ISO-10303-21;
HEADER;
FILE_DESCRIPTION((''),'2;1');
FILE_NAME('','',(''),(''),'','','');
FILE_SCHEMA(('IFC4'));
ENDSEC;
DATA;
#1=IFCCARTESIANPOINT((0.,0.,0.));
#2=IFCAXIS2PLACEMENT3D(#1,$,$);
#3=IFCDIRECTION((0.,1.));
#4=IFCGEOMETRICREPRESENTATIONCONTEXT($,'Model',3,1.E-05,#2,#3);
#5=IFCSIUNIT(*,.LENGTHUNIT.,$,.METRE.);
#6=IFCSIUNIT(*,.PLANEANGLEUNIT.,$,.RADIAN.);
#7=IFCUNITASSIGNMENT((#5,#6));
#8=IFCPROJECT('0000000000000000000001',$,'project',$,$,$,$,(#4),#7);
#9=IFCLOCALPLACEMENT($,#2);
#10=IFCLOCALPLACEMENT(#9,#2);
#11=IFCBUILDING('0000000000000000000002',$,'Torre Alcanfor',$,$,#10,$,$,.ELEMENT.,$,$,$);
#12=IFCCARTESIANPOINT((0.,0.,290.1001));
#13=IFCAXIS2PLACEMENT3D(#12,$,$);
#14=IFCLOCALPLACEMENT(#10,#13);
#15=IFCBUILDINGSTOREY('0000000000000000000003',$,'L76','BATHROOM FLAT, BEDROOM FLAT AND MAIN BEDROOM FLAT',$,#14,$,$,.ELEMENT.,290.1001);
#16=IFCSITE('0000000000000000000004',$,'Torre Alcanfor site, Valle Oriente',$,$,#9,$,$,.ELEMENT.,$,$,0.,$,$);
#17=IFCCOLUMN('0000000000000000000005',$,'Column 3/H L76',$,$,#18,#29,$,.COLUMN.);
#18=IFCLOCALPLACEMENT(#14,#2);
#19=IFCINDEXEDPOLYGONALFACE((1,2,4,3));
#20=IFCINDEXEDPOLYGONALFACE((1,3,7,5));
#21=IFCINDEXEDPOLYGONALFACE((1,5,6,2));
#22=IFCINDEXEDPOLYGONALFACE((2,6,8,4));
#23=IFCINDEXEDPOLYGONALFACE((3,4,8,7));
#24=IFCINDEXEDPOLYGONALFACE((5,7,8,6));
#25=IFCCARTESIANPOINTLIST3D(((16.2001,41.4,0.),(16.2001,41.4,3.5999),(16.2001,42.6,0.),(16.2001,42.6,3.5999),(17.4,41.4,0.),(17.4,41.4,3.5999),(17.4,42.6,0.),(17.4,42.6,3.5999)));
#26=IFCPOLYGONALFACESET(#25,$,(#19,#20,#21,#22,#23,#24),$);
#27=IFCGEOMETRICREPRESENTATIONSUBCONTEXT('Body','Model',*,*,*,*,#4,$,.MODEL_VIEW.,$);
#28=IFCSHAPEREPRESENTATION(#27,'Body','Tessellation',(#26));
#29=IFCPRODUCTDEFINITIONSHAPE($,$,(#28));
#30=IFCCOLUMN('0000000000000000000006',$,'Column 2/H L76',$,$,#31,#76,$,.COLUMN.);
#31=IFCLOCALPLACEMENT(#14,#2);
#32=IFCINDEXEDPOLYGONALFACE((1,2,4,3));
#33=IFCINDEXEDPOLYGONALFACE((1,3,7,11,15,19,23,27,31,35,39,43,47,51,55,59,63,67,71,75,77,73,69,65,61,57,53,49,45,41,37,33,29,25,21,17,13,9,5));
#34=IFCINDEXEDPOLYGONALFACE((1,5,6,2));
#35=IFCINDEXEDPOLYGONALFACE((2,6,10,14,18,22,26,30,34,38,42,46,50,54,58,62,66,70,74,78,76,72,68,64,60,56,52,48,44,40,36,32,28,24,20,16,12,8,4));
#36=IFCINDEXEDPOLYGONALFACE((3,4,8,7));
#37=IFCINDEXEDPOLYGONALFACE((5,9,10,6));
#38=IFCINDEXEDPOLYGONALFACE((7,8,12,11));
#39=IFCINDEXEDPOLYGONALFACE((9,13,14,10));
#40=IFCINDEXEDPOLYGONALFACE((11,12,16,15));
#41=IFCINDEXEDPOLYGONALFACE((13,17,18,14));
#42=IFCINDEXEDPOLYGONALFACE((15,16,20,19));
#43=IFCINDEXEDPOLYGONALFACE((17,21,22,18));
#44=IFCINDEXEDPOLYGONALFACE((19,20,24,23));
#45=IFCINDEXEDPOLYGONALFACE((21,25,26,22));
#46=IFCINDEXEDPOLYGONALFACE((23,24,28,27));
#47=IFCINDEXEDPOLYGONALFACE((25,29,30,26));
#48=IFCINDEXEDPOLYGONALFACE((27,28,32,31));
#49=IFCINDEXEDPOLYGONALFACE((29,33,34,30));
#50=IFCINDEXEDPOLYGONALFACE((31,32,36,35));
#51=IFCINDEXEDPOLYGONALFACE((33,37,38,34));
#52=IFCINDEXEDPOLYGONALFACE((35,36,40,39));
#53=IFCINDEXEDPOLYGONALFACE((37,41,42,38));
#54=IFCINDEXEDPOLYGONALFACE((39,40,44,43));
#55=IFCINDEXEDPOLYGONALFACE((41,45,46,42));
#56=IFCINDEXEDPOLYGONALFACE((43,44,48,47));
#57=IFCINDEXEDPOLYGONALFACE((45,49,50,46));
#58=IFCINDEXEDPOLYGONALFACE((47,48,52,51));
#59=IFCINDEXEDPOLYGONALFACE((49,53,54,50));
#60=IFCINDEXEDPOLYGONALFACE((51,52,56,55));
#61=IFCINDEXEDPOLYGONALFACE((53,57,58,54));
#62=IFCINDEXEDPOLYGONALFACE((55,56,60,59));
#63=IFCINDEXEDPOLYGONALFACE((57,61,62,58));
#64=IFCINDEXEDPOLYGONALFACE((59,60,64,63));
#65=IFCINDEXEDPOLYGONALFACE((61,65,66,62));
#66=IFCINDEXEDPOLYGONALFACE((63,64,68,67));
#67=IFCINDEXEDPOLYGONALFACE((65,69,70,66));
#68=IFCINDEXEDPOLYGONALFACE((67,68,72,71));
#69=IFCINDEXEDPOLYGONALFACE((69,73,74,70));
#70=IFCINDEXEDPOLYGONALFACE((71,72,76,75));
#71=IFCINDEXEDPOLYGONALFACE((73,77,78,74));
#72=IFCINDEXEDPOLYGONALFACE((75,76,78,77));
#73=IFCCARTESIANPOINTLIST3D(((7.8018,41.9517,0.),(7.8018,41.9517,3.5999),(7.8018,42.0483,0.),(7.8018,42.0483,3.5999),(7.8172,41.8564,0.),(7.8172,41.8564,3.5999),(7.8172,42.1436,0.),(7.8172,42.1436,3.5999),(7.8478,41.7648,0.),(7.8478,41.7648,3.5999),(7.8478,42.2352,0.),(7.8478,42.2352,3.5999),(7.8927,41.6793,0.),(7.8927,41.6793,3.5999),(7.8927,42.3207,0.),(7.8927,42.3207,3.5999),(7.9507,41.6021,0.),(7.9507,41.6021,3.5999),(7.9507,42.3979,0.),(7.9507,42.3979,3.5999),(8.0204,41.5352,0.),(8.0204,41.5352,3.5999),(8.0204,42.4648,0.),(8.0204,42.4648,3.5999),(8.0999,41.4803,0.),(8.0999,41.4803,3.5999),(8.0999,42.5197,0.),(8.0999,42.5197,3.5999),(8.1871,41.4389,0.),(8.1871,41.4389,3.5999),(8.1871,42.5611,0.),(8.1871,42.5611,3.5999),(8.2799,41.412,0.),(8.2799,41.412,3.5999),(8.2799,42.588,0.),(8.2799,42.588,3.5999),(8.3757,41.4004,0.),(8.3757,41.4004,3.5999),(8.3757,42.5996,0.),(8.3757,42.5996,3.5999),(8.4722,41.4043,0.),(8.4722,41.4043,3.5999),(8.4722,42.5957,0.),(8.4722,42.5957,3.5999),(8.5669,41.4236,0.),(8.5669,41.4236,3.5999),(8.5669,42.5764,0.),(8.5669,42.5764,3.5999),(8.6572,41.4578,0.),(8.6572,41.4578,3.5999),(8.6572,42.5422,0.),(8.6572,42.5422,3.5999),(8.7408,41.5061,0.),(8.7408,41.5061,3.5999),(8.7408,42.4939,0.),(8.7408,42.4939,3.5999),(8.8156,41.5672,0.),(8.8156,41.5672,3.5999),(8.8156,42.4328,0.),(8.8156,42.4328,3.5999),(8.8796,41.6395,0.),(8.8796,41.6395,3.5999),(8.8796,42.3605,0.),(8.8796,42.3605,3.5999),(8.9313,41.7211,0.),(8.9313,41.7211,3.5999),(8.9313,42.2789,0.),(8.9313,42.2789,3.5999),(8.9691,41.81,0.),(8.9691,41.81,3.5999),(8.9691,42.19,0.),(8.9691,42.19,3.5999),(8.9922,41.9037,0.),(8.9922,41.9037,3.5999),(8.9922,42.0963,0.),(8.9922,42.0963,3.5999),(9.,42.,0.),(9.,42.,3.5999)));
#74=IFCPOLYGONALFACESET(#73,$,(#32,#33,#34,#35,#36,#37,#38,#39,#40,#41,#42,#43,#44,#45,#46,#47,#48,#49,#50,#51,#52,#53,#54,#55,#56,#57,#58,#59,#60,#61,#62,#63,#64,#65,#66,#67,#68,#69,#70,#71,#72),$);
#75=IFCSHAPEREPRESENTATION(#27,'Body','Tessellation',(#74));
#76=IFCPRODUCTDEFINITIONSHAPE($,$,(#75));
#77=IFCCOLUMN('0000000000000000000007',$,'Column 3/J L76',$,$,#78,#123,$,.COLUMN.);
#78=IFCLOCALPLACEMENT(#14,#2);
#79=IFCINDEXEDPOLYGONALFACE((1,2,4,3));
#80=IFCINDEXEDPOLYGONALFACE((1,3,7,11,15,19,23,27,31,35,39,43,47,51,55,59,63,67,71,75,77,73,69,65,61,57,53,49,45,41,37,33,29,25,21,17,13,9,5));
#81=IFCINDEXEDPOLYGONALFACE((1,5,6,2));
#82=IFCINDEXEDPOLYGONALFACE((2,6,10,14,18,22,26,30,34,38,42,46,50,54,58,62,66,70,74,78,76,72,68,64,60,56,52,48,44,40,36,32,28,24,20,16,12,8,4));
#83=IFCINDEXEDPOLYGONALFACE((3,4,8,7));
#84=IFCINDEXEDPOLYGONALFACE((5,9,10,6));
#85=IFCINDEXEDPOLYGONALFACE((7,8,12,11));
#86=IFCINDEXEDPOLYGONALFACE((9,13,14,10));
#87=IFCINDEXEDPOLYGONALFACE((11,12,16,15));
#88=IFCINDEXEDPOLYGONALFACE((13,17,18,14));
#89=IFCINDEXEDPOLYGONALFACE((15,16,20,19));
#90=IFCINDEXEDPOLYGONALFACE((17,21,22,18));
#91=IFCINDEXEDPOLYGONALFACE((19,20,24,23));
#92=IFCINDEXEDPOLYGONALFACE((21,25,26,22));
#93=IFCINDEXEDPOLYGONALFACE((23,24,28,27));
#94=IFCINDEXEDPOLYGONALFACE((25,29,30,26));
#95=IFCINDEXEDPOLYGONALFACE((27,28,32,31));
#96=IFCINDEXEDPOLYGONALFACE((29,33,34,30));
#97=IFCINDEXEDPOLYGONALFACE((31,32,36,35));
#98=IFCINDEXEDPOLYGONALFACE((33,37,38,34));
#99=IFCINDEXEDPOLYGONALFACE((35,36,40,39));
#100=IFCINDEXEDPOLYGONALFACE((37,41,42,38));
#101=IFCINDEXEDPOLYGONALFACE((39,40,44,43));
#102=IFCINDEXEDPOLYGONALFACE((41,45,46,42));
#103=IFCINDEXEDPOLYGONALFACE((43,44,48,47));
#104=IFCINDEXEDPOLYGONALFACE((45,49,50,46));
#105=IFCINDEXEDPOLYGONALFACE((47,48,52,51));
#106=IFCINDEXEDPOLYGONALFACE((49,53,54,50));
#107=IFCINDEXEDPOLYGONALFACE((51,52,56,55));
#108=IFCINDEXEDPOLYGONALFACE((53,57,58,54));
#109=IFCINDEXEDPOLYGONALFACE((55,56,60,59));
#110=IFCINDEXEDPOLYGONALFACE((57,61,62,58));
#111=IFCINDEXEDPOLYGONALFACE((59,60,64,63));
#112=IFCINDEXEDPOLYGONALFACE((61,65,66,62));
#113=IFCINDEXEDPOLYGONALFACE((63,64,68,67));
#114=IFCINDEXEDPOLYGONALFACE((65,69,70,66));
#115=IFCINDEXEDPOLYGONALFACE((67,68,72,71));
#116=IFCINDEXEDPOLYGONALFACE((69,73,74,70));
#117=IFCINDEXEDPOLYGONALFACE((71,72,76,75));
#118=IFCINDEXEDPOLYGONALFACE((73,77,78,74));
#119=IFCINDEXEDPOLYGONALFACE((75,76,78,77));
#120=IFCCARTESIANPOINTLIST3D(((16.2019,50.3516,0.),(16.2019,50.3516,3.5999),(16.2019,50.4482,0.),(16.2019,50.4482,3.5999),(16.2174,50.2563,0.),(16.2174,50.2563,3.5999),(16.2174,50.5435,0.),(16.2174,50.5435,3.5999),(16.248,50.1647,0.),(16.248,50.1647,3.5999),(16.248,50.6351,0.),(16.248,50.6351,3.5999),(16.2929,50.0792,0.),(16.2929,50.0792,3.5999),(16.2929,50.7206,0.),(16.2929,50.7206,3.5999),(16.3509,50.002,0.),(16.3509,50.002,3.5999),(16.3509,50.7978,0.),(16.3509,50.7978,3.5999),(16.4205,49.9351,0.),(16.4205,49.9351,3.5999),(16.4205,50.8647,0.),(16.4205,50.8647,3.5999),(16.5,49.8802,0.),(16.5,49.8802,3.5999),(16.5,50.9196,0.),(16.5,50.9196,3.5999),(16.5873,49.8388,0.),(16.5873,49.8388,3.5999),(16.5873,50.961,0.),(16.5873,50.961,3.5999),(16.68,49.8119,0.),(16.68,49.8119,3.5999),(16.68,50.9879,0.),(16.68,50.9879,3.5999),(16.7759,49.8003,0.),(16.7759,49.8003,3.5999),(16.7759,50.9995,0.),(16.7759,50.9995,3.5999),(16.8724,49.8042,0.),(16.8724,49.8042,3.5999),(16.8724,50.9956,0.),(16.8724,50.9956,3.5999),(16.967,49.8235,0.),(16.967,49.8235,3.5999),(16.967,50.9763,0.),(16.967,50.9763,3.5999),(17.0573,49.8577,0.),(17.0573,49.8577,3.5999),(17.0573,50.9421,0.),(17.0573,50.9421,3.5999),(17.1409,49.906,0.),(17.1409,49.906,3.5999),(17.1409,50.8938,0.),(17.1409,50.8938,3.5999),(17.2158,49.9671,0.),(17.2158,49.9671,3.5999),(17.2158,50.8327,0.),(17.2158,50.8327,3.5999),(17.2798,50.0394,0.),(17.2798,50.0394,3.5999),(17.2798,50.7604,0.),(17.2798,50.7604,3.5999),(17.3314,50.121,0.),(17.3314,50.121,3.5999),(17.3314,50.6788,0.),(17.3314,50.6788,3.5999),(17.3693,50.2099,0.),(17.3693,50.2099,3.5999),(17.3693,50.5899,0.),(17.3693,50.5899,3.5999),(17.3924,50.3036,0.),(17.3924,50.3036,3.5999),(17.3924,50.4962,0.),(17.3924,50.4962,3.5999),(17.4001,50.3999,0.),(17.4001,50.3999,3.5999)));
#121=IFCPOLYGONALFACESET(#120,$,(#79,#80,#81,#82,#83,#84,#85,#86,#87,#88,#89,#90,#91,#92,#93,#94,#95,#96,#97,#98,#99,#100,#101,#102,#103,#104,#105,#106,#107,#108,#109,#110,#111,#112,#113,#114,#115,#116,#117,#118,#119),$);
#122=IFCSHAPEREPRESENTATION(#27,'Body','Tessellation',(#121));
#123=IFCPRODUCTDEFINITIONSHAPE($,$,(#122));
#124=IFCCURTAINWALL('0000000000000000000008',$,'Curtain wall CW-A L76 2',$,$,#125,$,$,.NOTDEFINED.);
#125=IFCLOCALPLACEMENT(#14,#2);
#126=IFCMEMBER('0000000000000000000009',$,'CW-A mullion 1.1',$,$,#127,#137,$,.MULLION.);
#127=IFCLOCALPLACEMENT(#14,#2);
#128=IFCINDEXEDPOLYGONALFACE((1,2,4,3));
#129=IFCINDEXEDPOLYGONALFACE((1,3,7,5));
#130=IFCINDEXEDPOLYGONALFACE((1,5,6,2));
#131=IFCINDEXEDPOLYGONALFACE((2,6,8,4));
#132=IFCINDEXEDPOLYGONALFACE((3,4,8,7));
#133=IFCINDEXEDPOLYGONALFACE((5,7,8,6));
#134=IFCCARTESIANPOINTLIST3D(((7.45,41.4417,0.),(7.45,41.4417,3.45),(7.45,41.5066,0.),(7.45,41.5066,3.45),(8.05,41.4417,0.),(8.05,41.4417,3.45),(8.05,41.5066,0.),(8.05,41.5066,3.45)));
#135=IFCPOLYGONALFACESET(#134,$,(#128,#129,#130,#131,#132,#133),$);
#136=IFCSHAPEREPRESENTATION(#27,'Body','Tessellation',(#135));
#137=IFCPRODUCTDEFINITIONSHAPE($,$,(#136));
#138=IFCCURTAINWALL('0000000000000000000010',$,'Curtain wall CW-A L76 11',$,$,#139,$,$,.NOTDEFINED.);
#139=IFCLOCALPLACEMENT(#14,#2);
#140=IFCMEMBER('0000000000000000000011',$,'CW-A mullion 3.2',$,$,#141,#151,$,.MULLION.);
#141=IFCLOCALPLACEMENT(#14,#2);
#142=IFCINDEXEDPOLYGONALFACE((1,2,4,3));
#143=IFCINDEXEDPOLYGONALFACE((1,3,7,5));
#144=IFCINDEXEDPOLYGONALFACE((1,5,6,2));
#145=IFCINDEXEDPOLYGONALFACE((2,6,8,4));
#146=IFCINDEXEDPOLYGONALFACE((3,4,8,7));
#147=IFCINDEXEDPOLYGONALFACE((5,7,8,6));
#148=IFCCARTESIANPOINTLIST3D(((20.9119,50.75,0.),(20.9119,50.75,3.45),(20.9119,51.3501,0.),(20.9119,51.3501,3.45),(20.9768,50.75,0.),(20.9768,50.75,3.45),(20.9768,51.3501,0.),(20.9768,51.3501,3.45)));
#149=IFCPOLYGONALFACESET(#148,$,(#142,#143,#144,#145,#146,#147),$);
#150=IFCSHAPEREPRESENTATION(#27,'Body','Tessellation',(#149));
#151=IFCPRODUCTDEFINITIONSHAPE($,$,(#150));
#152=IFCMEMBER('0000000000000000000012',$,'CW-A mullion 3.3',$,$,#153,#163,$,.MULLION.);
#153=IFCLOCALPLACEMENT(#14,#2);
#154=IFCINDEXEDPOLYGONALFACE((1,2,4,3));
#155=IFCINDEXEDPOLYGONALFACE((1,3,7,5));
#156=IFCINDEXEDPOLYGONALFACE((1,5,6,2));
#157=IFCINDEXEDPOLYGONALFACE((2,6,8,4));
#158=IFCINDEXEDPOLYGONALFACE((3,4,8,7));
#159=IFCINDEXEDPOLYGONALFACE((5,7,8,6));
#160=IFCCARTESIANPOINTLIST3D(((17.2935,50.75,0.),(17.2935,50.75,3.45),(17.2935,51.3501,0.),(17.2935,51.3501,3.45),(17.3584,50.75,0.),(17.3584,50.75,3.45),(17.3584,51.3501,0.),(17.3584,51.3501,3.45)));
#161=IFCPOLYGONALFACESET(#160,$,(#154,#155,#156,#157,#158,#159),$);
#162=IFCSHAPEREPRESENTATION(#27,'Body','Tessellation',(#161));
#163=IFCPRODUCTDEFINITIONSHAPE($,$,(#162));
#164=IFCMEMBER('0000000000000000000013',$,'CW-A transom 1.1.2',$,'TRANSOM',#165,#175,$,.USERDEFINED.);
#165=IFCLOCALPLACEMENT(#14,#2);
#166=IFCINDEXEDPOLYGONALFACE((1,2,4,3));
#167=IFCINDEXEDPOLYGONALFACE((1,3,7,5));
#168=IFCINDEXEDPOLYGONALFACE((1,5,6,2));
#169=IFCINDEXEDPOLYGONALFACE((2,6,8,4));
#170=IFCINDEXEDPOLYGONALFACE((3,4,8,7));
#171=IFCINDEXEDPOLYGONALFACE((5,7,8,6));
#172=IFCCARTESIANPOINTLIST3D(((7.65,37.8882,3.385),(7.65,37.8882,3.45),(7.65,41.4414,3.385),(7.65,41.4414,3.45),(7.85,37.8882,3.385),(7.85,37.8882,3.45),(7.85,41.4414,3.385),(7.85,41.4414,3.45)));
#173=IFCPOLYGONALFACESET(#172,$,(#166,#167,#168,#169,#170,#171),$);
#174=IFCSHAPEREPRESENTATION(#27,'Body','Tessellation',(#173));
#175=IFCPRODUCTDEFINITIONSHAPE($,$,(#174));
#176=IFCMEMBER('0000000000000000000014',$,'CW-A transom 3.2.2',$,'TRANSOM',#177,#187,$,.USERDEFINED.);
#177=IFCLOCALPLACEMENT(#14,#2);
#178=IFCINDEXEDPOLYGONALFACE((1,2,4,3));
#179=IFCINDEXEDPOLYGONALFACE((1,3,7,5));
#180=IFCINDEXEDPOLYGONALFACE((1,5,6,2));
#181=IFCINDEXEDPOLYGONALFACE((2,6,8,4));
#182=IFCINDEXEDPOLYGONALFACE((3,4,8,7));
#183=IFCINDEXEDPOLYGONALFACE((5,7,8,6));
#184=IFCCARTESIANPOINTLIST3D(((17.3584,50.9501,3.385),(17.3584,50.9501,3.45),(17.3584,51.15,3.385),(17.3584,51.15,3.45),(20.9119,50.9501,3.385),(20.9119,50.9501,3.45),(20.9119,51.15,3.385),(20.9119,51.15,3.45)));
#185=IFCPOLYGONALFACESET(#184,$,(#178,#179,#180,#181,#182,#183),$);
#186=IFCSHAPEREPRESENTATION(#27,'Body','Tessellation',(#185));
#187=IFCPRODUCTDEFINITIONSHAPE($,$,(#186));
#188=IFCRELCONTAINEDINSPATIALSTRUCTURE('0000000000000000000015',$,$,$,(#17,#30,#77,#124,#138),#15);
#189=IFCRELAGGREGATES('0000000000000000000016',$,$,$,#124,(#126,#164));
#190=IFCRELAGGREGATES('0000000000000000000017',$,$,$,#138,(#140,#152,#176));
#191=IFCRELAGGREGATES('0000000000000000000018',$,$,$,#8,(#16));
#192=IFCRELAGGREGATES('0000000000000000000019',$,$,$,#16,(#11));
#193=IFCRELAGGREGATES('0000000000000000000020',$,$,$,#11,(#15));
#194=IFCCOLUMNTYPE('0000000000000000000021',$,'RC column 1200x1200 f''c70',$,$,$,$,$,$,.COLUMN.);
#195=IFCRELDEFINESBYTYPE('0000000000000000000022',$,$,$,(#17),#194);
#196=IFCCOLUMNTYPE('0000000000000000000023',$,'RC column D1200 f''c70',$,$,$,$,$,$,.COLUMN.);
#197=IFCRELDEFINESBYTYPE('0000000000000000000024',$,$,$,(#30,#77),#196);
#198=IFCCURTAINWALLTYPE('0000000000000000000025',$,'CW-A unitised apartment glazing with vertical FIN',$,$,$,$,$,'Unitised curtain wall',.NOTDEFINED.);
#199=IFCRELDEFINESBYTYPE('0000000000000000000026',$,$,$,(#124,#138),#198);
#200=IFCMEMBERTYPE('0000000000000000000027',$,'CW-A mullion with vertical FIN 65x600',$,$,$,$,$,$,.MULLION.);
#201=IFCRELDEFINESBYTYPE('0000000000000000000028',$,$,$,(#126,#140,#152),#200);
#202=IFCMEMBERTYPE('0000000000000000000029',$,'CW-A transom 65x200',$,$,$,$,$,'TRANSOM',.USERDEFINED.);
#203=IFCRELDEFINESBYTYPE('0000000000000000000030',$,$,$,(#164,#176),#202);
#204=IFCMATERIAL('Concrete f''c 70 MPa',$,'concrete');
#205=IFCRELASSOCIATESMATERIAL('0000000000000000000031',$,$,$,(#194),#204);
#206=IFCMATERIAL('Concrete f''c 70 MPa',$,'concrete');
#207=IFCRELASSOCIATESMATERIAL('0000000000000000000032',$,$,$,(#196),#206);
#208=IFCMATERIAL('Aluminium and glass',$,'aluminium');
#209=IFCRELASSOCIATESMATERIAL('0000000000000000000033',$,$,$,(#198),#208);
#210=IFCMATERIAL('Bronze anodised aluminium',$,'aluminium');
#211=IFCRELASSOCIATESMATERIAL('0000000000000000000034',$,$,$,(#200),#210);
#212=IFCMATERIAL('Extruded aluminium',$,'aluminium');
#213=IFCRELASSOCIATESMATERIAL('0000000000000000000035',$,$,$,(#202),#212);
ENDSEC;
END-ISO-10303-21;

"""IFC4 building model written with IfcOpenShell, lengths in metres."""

from ifc_helpers import new_model, si_unit, direction, frame, origin, origin_2d, place, context, subcontext, project, spatial, rectangle, circle, extrude, material, material_profile, profile_set, type_object, element, aggregate, save


model = new_model("IFC4")

# Units and contexts
model_context = context("Model", 3, precision=1e-05, world=origin(), true_north=direction((0.0, 1.0)))
body_context = subcontext(model_context, "Body", "Model", "MODEL_VIEW")
ifc_project = project(units=[si_unit("LENGTHUNIT", "METRE"), si_unit("PLANEANGLEUNIT", "RADIAN")], contexts=[model_context])

# Site, building, storey
site_placement = place(None, origin())
site = spatial("IfcSite", under=ifc_project, at=site_placement, Name="Torre Alcanfor site, Valle Oriente", CompositionType="ELEMENT", RefElevation=0.0)
building_placement = place(site_placement, origin())
building = spatial("IfcBuilding", under=site, at=building_placement, Name="Torre Alcanfor", CompositionType="ELEMENT")
storey_placement = place(building_placement, frame((0.0, 0.0, 290.1001)))
storey = spatial("IfcBuildingStorey", under=building, at=storey_placement, Name="L76", Description="BATHROOM FLAT, BEDROOM FLAT AND MAIN BEDROOM FLAT", CompositionType="ELEMENT", Elevation=290.1001)

# Columns
ifc_material_1 = material(Name="Concrete f'c 70 MPa", Category="concrete")
ifc_material_profile_1 = material_profile(ifc_material_1, rectangle(XDim=1.2, YDim=1.2, at=origin_2d()), Name="1200x1200")
ifc_profile_set_1 = profile_set([ifc_material_profile_1], Name="Concrete f'c 70 MPa")
column_type_1 = type_object("IfcColumnType", Name="RC column 1200x1200 f'c70", PredefinedType="COLUMN", material=ifc_profile_set_1)
column_placement = place(storey_placement, frame((16.8, 42.0, 0.0), z_axis=(0.0, 0.0, 1.0), x_axis=(1.0, 0.0, 0.0)))
element("IfcColumn", 1, at=column_placement, inside=storey, type_object=column_type_1, Name="Column 3/H L76", PredefinedType="COLUMN", context=body_context, shape_type="SweptSolid", body=[
    extrude(rectangle(XDim=1.2, YDim=1.2, at=origin_2d()), origin(), (0.0, 0.0, 1.0), 3.5999),
])
ifc_material_2 = material(Name="Concrete f'c 70 MPa", Category="concrete")
ifc_material_profile_2 = material_profile(ifc_material_2, circle(Radius=0.6001, at=origin_2d()), Name="D1200")
ifc_profile_set_2 = profile_set([ifc_material_profile_2], Name="Concrete f'c 70 MPa")
column_type_2 = type_object("IfcColumnType", Name="RC column D1200 f'c70", PredefinedType="COLUMN", material=ifc_profile_set_2)
for number, where, z_axis, x_axis, name in (
    (2, (8.3999, 42.0, 0.0), (0.0, 0.0, 1.0), (1.0, 0.0, 0.0), "Column 2/H L76"),
    (3, (16.8, 50.3999, 0.0), (0.0, 0.0, 1.0), (1.0, 0.0, 0.0), "Column 3/J L76"),
):
    element("IfcColumn", number, at=place(storey_placement, frame(where, z_axis=z_axis, x_axis=x_axis)), inside=storey, type_object=column_type_2, Name=name, PredefinedType="COLUMN", context=body_context, shape_type="SweptSolid", body=[
        extrude(circle(Radius=0.6001, at=origin_2d()), origin(), (0.0, 0.0, 1.0), 3.5999),
    ])

# Curtain wall, member
ifc_material_3 = material(Name="Aluminium and glass", Category="aluminium")
curtain_wall_type = type_object("IfcCurtainWallType", Name="CW-A unitised apartment glazing with vertical FIN", ElementType="Unitised curtain wall", PredefinedType="NOTDEFINED", material=ifc_material_3)
curtain_wall_1_placement = place(storey_placement, origin())
curtain_wall_1 = element("IfcCurtainWall", 4, at=curtain_wall_1_placement, inside=storey, type_object=curtain_wall_type, Name="Curtain wall CW-A L76 2", PredefinedType="NOTDEFINED")
ifc_material_4 = material(Name="Bronze anodised aluminium", Category="aluminium")
ifc_material_profile_3 = material_profile(ifc_material_4, rectangle(XDim=0.6001, YDim=0.0649, at=origin_2d()), Name="CW-A mullion 65x600")
ifc_profile_set_3 = profile_set([ifc_material_profile_3], Name="Bronze anodised aluminium")
member_type_1 = type_object("IfcMemberType", Name="CW-A mullion with vertical FIN 65x600", PredefinedType="MULLION", material=ifc_profile_set_3)
member_1_placement = place(storey_placement, frame((7.75, 41.4741, 0.0), z_axis=(0.0, 0.0, 1.0), x_axis=(1.0, 0.0, 0.0)))
member_1 = element("IfcMember", 5, at=member_1_placement, type_object=member_type_1, Name="CW-A mullion 1.1", PredefinedType="MULLION", context=body_context, shape_type="SweptSolid", body=[
    extrude(rectangle(XDim=0.6001, YDim=0.0649, at=origin_2d()), origin(), (0.0, 0.0, 1.0), 3.45),
])

# Curtain wall, members
curtain_wall_2_placement = place(storey_placement, origin())
curtain_wall_2 = element("IfcCurtainWall", 6, at=curtain_wall_2_placement, inside=storey, type_object=curtain_wall_type, Name="Curtain wall CW-A L76 11", PredefinedType="NOTDEFINED")
member_2_placement = place(storey_placement, frame((20.9443, 51.05, 0.0), z_axis=(0.0, 0.0, 1.0), x_axis=(0.0, -1.0, 0.0)))
member_2 = element("IfcMember", 7, at=member_2_placement, type_object=member_type_1, Name="CW-A mullion 3.2", PredefinedType="MULLION", context=body_context, shape_type="SweptSolid", body=[
    extrude(rectangle(XDim=0.6001, YDim=0.0649, at=origin_2d()), origin(), (0.0, 0.0, 1.0), 3.45),
])
member_3_placement = place(storey_placement, frame((17.3259, 51.05, 0.0), z_axis=(0.0, 0.0, 1.0), x_axis=(0.0, -1.0, 0.0)))
member_3 = element("IfcMember", 8, at=member_3_placement, type_object=member_type_1, Name="CW-A mullion 3.3", PredefinedType="MULLION", context=body_context, shape_type="SweptSolid", body=[
    extrude(rectangle(XDim=0.6001, YDim=0.0649, at=origin_2d()), origin(), (0.0, 0.0, 1.0), 3.45),
])

# Members
ifc_material_5 = material(Name="Extruded aluminium", Category="aluminium")
ifc_material_profile_4 = material_profile(ifc_material_5, rectangle(XDim=0.2, YDim=0.0649, at=origin_2d()), Name="CW-A transom 200x65")
ifc_profile_set_4 = profile_set([ifc_material_profile_4], Name="Extruded aluminium")
member_type_2 = type_object("IfcMemberType", Name="CW-A transom 65x200", ElementType="TRANSOM", PredefinedType="USERDEFINED", material=ifc_profile_set_4)
member_4_placement = place(storey_placement, frame((7.75, 41.4414, 3.4175), z_axis=(0.0, -1.0, 0.0), x_axis=(1.0, 0.0, 0.0)))
member_4 = element("IfcMember", 9, at=member_4_placement, type_object=member_type_2, Name="CW-A transom 1.1.2", ObjectType="TRANSOM", PredefinedType="USERDEFINED", context=body_context, shape_type="SweptSolid", body=[
    extrude(rectangle(XDim=0.2, YDim=0.0649, at=origin_2d()), origin(), (0.0, 0.0, 1.0), 3.5532),
])
member_5_placement = place(storey_placement, frame((20.9119, 51.05, 3.4175), z_axis=(-1.0, 0.0, 0.0), x_axis=(0.0, -1.0, 0.0)))
member_5 = element("IfcMember", 10, at=member_5_placement, type_object=member_type_2, Name="CW-A transom 3.2.2", ObjectType="TRANSOM", PredefinedType="USERDEFINED", context=body_context, shape_type="SweptSolid", body=[
    extrude(rectangle(XDim=0.2, YDim=0.0649, at=origin_2d()), origin(), (0.0, 0.0, 1.0), 3.5535),
])

aggregate(curtain_wall_1, [member_1, member_4])
aggregate(curtain_wall_2, [member_2, member_3, member_5])

save(model, "model.ifc")
